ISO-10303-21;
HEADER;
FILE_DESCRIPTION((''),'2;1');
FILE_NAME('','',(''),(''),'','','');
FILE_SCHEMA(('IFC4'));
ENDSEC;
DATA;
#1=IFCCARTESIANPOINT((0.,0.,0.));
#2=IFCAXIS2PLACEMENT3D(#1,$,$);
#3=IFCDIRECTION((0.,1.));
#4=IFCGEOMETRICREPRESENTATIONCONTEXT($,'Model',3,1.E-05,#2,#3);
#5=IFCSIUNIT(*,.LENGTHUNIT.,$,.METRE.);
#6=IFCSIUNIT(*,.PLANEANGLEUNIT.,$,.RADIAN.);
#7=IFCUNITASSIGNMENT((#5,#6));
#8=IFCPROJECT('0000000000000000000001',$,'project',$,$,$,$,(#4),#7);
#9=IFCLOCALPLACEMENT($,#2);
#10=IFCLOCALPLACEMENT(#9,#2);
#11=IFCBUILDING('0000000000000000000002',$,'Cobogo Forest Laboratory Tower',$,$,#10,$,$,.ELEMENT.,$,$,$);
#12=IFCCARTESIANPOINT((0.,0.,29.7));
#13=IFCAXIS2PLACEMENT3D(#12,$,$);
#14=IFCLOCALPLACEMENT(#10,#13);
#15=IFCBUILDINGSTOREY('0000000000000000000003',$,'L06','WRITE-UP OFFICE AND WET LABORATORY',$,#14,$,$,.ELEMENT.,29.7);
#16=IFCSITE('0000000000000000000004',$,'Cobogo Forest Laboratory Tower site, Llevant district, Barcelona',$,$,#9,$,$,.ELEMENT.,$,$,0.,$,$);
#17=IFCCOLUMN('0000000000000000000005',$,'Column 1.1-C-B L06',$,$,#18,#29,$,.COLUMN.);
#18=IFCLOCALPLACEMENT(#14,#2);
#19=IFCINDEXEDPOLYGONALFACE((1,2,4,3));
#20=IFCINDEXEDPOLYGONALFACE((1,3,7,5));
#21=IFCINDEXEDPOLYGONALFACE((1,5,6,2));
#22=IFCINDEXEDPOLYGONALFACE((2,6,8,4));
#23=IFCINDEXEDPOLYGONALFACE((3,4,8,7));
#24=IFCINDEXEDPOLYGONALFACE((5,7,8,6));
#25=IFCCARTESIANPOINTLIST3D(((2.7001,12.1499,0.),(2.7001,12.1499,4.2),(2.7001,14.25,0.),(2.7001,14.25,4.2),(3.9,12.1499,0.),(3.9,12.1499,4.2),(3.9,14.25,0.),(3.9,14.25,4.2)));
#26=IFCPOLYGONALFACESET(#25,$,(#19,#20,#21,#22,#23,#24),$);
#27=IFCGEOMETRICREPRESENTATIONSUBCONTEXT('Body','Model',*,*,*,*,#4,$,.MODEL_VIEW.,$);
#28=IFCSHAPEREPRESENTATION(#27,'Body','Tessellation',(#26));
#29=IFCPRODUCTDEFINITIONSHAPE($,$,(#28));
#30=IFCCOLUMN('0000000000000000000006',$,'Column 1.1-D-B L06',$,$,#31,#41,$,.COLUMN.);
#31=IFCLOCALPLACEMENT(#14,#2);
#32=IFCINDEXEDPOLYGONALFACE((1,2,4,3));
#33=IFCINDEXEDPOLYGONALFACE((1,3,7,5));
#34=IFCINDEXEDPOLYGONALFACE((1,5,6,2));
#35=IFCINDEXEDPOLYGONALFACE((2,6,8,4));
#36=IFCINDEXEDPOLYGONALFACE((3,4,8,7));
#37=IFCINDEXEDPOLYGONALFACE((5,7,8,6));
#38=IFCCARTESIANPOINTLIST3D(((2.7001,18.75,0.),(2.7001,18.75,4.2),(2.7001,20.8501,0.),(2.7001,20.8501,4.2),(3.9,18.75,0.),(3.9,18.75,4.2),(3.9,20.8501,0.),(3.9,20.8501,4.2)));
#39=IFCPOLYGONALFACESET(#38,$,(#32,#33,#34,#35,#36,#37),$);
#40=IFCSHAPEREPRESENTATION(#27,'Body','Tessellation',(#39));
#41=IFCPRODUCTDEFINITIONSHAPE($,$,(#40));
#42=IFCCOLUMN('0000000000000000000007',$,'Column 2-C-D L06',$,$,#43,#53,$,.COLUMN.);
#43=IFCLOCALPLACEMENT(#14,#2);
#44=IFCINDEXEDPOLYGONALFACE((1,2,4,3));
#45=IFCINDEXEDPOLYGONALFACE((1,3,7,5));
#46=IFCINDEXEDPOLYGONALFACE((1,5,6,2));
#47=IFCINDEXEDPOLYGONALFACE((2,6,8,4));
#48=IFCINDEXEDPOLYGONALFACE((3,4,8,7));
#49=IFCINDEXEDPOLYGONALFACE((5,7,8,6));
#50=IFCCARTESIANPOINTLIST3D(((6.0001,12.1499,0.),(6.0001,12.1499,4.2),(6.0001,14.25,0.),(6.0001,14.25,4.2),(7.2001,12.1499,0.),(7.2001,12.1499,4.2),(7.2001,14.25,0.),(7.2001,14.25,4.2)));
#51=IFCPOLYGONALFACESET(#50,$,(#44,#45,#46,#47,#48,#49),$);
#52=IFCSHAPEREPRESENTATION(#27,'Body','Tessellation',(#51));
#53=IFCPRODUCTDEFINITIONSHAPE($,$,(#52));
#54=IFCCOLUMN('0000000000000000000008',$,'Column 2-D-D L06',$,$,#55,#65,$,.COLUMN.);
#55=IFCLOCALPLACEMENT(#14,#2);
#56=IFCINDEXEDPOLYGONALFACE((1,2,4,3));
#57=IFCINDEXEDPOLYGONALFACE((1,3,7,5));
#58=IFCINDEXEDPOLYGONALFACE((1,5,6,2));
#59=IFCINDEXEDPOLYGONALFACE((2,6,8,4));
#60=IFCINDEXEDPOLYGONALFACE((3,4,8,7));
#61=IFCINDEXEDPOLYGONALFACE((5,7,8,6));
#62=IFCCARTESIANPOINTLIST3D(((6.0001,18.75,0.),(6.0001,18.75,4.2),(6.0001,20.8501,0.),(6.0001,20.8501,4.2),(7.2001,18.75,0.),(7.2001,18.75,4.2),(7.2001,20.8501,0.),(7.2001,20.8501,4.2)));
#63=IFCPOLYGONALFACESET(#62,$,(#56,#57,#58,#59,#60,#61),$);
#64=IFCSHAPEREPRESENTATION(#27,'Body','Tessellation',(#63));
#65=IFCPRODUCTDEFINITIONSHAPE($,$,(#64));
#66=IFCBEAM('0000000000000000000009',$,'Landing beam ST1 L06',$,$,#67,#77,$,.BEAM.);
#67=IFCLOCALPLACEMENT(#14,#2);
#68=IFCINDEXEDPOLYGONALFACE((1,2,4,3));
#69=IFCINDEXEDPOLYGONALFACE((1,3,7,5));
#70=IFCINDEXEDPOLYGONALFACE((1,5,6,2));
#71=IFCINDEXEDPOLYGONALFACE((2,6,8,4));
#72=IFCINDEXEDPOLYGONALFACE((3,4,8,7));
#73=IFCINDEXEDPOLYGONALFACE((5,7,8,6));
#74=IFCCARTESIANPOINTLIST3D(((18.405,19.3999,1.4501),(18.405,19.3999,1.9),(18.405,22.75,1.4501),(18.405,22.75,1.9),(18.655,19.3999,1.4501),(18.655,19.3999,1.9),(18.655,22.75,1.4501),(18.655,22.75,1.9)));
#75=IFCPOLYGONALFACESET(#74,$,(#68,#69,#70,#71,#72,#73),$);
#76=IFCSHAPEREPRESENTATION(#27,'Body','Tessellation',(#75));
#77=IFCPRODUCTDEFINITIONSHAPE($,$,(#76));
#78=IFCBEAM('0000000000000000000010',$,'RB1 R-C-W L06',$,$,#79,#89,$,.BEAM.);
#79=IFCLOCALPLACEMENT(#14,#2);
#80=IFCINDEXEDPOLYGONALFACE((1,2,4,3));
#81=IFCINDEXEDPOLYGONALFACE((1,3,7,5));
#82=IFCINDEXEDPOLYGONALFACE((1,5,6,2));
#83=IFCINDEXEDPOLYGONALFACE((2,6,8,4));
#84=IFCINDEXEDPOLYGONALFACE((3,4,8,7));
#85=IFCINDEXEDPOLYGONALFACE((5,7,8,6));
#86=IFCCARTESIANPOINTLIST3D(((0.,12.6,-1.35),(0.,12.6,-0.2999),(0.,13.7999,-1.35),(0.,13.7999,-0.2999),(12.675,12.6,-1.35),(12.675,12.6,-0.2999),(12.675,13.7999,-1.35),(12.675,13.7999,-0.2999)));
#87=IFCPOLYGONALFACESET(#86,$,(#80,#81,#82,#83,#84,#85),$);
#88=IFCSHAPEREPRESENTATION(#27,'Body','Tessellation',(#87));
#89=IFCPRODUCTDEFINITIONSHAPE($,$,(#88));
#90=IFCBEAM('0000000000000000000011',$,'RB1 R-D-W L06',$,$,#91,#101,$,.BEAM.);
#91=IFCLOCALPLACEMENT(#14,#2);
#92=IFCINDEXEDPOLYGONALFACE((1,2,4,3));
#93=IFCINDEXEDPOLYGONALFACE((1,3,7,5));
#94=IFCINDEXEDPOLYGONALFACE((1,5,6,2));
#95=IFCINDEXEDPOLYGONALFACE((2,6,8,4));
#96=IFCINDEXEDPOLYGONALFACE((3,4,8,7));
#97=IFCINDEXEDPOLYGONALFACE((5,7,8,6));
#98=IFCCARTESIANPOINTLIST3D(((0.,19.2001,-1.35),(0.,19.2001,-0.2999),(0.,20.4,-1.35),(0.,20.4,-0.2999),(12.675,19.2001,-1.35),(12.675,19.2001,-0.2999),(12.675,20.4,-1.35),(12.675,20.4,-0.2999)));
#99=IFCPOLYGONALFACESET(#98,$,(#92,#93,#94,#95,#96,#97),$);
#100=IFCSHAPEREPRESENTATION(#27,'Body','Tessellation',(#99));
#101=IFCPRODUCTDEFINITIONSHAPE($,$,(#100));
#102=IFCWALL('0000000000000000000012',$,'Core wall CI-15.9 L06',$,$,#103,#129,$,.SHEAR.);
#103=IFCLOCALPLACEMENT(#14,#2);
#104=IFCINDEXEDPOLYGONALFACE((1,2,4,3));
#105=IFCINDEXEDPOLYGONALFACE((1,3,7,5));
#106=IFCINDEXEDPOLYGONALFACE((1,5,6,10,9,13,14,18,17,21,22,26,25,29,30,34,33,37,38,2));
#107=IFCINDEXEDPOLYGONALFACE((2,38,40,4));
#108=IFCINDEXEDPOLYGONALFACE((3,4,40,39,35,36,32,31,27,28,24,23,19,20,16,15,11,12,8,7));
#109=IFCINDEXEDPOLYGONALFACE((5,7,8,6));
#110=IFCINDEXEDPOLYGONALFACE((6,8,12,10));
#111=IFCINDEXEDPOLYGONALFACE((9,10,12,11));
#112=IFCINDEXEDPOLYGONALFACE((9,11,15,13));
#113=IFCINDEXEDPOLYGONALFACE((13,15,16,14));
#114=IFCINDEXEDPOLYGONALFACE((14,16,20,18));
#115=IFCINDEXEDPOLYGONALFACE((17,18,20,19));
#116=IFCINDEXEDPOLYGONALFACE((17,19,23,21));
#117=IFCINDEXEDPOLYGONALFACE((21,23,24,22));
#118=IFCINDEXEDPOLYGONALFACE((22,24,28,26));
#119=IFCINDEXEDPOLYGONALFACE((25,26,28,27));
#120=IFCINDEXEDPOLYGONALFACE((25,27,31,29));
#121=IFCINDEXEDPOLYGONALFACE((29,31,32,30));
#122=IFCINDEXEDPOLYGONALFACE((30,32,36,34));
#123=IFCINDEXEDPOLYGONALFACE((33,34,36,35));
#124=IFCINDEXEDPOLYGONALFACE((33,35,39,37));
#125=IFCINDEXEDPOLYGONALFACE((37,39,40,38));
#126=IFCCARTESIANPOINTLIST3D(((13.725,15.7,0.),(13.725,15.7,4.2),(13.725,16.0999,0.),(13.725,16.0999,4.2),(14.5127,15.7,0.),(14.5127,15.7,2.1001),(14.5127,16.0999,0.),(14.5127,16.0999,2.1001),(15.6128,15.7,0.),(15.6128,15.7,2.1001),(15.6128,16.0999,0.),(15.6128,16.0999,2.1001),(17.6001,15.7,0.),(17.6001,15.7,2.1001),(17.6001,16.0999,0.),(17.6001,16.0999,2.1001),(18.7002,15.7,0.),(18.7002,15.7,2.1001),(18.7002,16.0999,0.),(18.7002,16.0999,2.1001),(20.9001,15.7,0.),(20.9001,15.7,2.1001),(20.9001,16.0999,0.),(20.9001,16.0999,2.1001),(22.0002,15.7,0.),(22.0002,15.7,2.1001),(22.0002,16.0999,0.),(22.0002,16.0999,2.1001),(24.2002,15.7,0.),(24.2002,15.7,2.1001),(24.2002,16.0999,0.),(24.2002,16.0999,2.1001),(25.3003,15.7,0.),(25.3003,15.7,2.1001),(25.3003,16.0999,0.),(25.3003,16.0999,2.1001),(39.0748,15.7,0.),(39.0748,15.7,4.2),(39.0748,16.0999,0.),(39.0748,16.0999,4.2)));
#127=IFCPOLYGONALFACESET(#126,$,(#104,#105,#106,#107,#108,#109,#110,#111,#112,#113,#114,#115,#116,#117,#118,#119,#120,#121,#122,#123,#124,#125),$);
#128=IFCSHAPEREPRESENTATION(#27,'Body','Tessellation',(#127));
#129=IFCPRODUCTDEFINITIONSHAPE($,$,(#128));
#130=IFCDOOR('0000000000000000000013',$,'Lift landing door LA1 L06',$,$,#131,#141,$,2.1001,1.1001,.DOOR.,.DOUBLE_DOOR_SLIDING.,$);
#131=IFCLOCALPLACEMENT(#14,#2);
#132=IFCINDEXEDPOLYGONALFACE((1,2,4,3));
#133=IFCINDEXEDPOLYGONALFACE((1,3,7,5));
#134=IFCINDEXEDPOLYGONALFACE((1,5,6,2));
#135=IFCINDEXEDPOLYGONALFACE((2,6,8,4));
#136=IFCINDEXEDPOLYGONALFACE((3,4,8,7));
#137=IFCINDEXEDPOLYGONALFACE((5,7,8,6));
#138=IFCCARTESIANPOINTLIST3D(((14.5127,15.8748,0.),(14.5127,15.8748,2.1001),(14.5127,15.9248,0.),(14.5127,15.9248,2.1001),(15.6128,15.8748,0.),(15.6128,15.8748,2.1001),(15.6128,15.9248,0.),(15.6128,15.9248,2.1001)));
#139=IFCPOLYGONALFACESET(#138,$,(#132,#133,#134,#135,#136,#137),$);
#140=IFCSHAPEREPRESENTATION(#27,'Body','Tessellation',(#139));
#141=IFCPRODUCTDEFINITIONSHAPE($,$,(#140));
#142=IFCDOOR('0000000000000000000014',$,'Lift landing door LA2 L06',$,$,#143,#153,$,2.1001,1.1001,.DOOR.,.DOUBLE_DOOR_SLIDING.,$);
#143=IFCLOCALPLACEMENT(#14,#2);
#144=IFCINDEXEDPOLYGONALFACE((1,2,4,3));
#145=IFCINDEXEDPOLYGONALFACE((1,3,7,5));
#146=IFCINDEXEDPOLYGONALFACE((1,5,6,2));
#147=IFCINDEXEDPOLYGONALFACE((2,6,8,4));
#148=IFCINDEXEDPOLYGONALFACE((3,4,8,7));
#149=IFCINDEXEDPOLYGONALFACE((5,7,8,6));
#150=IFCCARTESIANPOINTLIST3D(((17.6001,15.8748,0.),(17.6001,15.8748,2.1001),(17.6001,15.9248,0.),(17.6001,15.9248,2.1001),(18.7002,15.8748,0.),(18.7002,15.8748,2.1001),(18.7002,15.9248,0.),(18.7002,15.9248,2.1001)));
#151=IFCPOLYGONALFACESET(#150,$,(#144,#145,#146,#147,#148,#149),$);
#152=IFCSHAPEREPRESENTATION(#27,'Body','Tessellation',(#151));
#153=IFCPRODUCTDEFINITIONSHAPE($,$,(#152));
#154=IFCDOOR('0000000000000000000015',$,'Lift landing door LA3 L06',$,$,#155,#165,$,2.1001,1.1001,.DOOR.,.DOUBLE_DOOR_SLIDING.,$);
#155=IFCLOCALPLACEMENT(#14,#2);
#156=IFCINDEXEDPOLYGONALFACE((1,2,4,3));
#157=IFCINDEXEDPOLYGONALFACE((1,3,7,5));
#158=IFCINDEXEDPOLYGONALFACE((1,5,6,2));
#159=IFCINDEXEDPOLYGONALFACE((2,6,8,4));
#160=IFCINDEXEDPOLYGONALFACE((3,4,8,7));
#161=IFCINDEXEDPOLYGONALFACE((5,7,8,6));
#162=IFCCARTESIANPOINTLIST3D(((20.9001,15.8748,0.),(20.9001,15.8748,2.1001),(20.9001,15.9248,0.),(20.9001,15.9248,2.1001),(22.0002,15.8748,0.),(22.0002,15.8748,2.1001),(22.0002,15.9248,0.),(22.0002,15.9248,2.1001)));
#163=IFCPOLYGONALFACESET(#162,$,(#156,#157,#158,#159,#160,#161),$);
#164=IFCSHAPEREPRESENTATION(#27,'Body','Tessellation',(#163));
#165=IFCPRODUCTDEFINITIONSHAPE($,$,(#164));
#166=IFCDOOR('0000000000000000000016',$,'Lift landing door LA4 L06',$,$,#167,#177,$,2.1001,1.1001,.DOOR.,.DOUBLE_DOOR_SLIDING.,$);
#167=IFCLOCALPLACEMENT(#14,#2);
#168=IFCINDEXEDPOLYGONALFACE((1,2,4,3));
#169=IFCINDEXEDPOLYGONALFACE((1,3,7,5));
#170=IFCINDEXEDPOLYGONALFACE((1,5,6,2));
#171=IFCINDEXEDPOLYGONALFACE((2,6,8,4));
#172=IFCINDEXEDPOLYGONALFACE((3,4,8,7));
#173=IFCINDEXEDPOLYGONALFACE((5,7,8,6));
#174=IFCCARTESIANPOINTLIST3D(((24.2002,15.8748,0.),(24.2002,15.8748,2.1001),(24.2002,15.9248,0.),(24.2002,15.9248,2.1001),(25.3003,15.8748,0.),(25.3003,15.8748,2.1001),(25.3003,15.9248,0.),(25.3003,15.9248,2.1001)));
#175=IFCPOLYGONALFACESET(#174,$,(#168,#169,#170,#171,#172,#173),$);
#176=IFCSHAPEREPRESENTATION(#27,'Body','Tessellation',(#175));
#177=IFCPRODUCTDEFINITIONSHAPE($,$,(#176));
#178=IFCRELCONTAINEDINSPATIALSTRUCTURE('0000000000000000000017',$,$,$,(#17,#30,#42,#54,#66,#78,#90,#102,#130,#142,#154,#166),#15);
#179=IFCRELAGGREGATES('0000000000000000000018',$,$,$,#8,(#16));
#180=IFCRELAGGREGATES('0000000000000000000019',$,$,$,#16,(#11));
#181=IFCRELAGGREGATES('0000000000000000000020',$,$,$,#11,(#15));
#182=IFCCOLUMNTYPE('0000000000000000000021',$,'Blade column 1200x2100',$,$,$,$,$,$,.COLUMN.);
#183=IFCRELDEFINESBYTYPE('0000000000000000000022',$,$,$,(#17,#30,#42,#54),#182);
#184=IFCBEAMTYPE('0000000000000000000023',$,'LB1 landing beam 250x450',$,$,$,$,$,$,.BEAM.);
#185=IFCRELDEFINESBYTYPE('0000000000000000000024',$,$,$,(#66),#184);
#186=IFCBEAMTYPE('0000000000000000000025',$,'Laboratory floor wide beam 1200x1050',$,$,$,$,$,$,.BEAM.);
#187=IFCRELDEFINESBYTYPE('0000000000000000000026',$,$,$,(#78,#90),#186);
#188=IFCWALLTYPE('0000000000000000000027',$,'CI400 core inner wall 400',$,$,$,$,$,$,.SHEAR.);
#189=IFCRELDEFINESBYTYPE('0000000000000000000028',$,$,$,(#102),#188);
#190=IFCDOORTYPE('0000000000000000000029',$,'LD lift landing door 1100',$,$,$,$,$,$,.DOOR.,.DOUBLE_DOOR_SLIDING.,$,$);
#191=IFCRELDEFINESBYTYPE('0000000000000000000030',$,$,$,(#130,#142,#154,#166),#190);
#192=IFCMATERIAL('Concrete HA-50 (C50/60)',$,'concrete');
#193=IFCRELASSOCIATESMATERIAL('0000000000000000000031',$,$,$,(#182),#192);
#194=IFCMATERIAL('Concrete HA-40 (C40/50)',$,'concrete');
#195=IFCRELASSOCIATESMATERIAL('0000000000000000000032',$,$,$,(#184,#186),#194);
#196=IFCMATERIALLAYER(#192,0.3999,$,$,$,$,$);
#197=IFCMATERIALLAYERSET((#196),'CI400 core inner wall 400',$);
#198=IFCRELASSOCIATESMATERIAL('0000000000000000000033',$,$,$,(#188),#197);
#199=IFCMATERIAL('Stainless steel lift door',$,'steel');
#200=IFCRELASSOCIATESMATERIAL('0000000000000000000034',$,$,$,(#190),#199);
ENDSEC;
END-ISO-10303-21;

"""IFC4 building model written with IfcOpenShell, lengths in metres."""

from ifc_helpers import new_model, si_unit, direction, frame, frame_2d, origin, origin_2d, place, context, subcontext, project, spatial, rectangle, extrude, material, layer, layer_set, material_profile, profile_set, type_object, element, fill, save


model = new_model("IFC4")

# Units and contexts
model_context = context("Model", 3, precision=1e-05, world=origin(), true_north=direction((0.0, 1.0)))
body_context = subcontext(model_context, "Body", "Model", "MODEL_VIEW")
ifc_project = project(units=[si_unit("LENGTHUNIT", "METRE"), si_unit("PLANEANGLEUNIT", "RADIAN")], contexts=[model_context])

# Site, building, storey
site_placement = place(None, origin())
site = spatial("IfcSite", under=ifc_project, at=site_placement, Name="Cobogo Forest Laboratory Tower site, Llevant district, Barcelona", CompositionType="ELEMENT", RefElevation=0.0)
building_placement = place(site_placement, origin())
building = spatial("IfcBuilding", under=site, at=building_placement, Name="Cobogo Forest Laboratory Tower", CompositionType="ELEMENT")
storey_placement = place(building_placement, frame((0.0, 0.0, 29.7)))
storey = spatial("IfcBuildingStorey", under=building, at=storey_placement, Name="L06", Description="WRITE-UP OFFICE AND WET LABORATORY", CompositionType="ELEMENT", Elevation=29.7)

# Columns
ifc_material_1 = material(Name="Concrete HA-50 (C50/60)", Category="concrete")
ifc_material_profile_1 = material_profile(ifc_material_1, rectangle(XDim=2.1001, YDim=1.2, at=origin_2d()), Name="RC 1200x2100")
ifc_profile_set_1 = profile_set([ifc_material_profile_1], Name="Concrete HA-50 (C50/60)")
column_type = type_object("IfcColumnType", Name="Blade column 1200x2100", PredefinedType="COLUMN", material=ifc_profile_set_1)
for number, where, z_axis, x_axis, name in (
    (1, (3.3, 13.2, 0.0), (0.0, 0.0, 1.0), (0.0, 1.0, 0.0), "Column 1.1-C-B L06"),
    (2, (3.3, 19.8, 0.0), (0.0, 0.0, 1.0), (0.0, 1.0, 0.0), "Column 1.1-D-B L06"),
    (3, (6.6001, 13.2, 0.0), (0.0, 0.0, 1.0), (0.0, 1.0, 0.0), "Column 2-C-D L06"),
    (4, (6.6001, 19.8, 0.0), (0.0, 0.0, 1.0), (0.0, 1.0, 0.0), "Column 2-D-D L06"),
):
    element("IfcColumn", number, at=place(storey_placement, frame(where, z_axis=z_axis, x_axis=x_axis)), inside=storey, type_object=column_type, Name=name, PredefinedType="COLUMN", context=body_context, shape_type="SweptSolid", body=[
        extrude(rectangle(XDim=2.1001, YDim=1.2, at=origin_2d()), origin(), (0.0, 0.0, 1.0), 4.2),
    ])

# Beams
ifc_material_2 = material(Name="Concrete HA-40 (C40/50)", Category="concrete")
ifc_material_profile_2 = material_profile(ifc_material_2, rectangle(XDim=0.25, YDim=0.45, at=origin_2d()), Name="RC 250x450")
ifc_profile_set_2 = profile_set([ifc_material_profile_2], Name="Concrete HA-40 (C40/50)")
beam_type_1 = type_object("IfcBeamType", Name="LB1 landing beam 250x450", PredefinedType="BEAM", material=ifc_profile_set_2)
beam_placement = place(storey_placement, frame((18.53, 19.3999, 1.675), z_axis=(0.0, 1.0, 0.0), x_axis=(-1.0, 0.0, 0.0)))
element("IfcBeam", 5, at=beam_placement, inside=storey, type_object=beam_type_1, Name="Landing beam ST1 L06", PredefinedType="BEAM", context=body_context, shape_type="SweptSolid", body=[
    extrude(rectangle(XDim=0.25, YDim=0.45, at=origin_2d()), origin(), (0.0, 0.0, 1.0), 3.3501),
])
ifc_material_profile_3 = material_profile(ifc_material_2, rectangle(XDim=1.2, YDim=1.05, at=origin_2d()), Name="RC 1200x1050")
ifc_profile_set_3 = profile_set([ifc_material_profile_3], Name="Concrete HA-40 (C40/50)")
beam_type_2 = type_object("IfcBeamType", Name="Laboratory floor wide beam 1200x1050", PredefinedType="BEAM", material=ifc_profile_set_3)
for number, where, z_axis, x_axis, name in (
    (6, (12.675, 13.2, -0.825), (-1.0, 0.0, 0.0), (0.0, -1.0, 0.0), "RB1 R-C-W L06"),
    (7, (12.675, 19.8, -0.825), (-1.0, 0.0, 0.0), (0.0, -1.0, 0.0), "RB1 R-D-W L06"),
):
    element("IfcBeam", number, at=place(storey_placement, frame(where, z_axis=z_axis, x_axis=x_axis)), inside=storey, type_object=beam_type_2, Name=name, PredefinedType="BEAM", context=body_context, shape_type="SweptSolid", body=[
        extrude(rectangle(XDim=1.2, YDim=1.05, at=origin_2d()), origin(), (0.0, 0.0, 1.0), 12.675),
    ])

# Wall, openings, doors
ifc_layer_1 = layer(ifc_material_1, 0.3999)
ifc_layer_set_1 = layer_set([ifc_layer_1], Name="CI400 core inner wall 400")
wall_type_1 = type_object("IfcWallType", Name="CI400 core inner wall 400", PredefinedType="SHEAR", material=ifc_layer_set_1)
wall_1_placement = place(storey_placement, frame((13.7251, 15.8999, 0.0), z_axis=(0.0, 0.0, 1.0), x_axis=(1.0, 0.0, 0.0)))
wall_1 = element("IfcWall", 8, at=wall_1_placement, inside=storey, type_object=wall_type_1, Name="Core wall CI-15.9 L06", PredefinedType="SHEAR", context=body_context, shape_type="SweptSolid", body=[
    extrude(rectangle(XDim=25.3499, YDim=0.3999, at=frame_2d((12.6748, 0.0))), origin(), (0.0, 0.0, 1.0), 4.2),
])
opening_1_placement = place(wall_1_placement, frame((0.7876, 0.0, 0.0)))
opening_1 = element("IfcOpeningElement", 9, at=opening_1_placement, cuts=wall_1, PredefinedType="OPENING", context=body_context, shape_type="SweptSolid", body=[
    extrude(rectangle(XDim=1.1001, YDim=2.1001, at=frame_2d((0.55, 1.05))), frame((0.0, 0.21, 0.0), z_axis=(0.0, -1.0, 0.0), x_axis=(1.0, 0.0, 0.0)), (0.0, 0.0, 1.0), 0.4199),
])
opening_2_placement = place(wall_1_placement, frame((3.875, 0.0, 0.0)))
opening_2 = element("IfcOpeningElement", 10, at=opening_2_placement, cuts=wall_1, PredefinedType="OPENING", context=body_context, shape_type="SweptSolid", body=[
    extrude(rectangle(XDim=1.1001, YDim=2.1001, at=frame_2d((0.55, 1.05))), frame((0.0, 0.21, 0.0), z_axis=(0.0, -1.0, 0.0), x_axis=(1.0, 0.0, 0.0)), (0.0, 0.0, 1.0), 0.4199),
])
opening_3_placement = place(wall_1_placement, frame((7.175, 0.0, 0.0)))
opening_3 = element("IfcOpeningElement", 11, at=opening_3_placement, cuts=wall_1, PredefinedType="OPENING", context=body_context, shape_type="SweptSolid", body=[
    extrude(rectangle(XDim=1.1001, YDim=2.1001, at=frame_2d((0.55, 1.05))), frame((0.0, 0.21, 0.0), z_axis=(0.0, -1.0, 0.0), x_axis=(1.0, 0.0, 0.0)), (0.0, 0.0, 1.0), 0.4199),
])
opening_4_placement = place(wall_1_placement, frame((10.4751, 0.0, 0.0)))
opening_4 = element("IfcOpeningElement", 12, at=opening_4_placement, cuts=wall_1, PredefinedType="OPENING", context=body_context, shape_type="SweptSolid", body=[
    extrude(rectangle(XDim=1.1001, YDim=2.1001, at=frame_2d((0.55, 1.05))), frame((0.0, 0.21, 0.0), z_axis=(0.0, -1.0, 0.0), x_axis=(1.0, 0.0, 0.0)), (0.0, 0.0, 1.0), 0.4199),
])
ifc_material_3 = material(Name="Stainless steel lift door", Category="steel")
door_type_1 = type_object("IfcDoorType", Name="LD lift landing door 1100", OperationType="DOUBLE_DOOR_SLIDING", PredefinedType="DOOR", material=ifc_material_3)
door_1_placement = place(opening_1_placement, origin())
door_1 = element("IfcDoor", 13, at=door_1_placement, inside=storey, type_object=door_type_1, Name="Lift landing door LA1 L06", OperationType="DOUBLE_DOOR_SLIDING", OverallHeight=2.1001, OverallWidth=1.1001, PredefinedType="DOOR", context=body_context, shape_type="SweptSolid", body=[
    extrude(rectangle(XDim=1.1001, YDim=2.1001, at=frame_2d((0.55, 1.05))), frame((0.0, 0.0249, 0.0), z_axis=(0.0, -1.0, 0.0), x_axis=(1.0, 0.0, 0.0)), (0.0, 0.0, 1.0), 0.05),
])
fill(opening_1, door_1)
door_2_placement = place(opening_2_placement, origin())
door_2 = element("IfcDoor", 14, at=door_2_placement, inside=storey, type_object=door_type_1, Name="Lift landing door LA2 L06", OperationType="DOUBLE_DOOR_SLIDING", OverallHeight=2.1001, OverallWidth=1.1001, PredefinedType="DOOR", context=body_context, shape_type="SweptSolid", body=[
    extrude(rectangle(XDim=1.1001, YDim=2.1001, at=frame_2d((0.55, 1.05))), frame((0.0, 0.0249, 0.0), z_axis=(0.0, -1.0, 0.0), x_axis=(1.0, 0.0, 0.0)), (0.0, 0.0, 1.0), 0.05),
])
fill(opening_2, door_2)
door_3_placement = place(opening_3_placement, origin())
door_3 = element("IfcDoor", 15, at=door_3_placement, inside=storey, type_object=door_type_1, Name="Lift landing door LA3 L06", OperationType="DOUBLE_DOOR_SLIDING", OverallHeight=2.1001, OverallWidth=1.1001, PredefinedType="DOOR", context=body_context, shape_type="SweptSolid", body=[
    extrude(rectangle(XDim=1.1001, YDim=2.1001, at=frame_2d((0.55, 1.05))), frame((0.0, 0.0249, 0.0), z_axis=(0.0, -1.0, 0.0), x_axis=(1.0, 0.0, 0.0)), (0.0, 0.0, 1.0), 0.05),
])
fill(opening_3, door_3)
door_4_placement = place(opening_4_placement, origin())
door_4 = element("IfcDoor", 16, at=door_4_placement, inside=storey, type_object=door_type_1, Name="Lift landing door LA4 L06", OperationType="DOUBLE_DOOR_SLIDING", OverallHeight=2.1001, OverallWidth=1.1001, PredefinedType="DOOR", context=body_context, shape_type="SweptSolid", body=[
    extrude(rectangle(XDim=1.1001, YDim=2.1001, at=frame_2d((0.55, 1.05))), frame((0.0, 0.0249, 0.0), z_axis=(0.0, -1.0, 0.0), x_axis=(1.0, 0.0, 0.0)), (0.0, 0.0, 1.0), 0.05),
])
fill(opening_4, door_4)

save(model, "model.ifc")
